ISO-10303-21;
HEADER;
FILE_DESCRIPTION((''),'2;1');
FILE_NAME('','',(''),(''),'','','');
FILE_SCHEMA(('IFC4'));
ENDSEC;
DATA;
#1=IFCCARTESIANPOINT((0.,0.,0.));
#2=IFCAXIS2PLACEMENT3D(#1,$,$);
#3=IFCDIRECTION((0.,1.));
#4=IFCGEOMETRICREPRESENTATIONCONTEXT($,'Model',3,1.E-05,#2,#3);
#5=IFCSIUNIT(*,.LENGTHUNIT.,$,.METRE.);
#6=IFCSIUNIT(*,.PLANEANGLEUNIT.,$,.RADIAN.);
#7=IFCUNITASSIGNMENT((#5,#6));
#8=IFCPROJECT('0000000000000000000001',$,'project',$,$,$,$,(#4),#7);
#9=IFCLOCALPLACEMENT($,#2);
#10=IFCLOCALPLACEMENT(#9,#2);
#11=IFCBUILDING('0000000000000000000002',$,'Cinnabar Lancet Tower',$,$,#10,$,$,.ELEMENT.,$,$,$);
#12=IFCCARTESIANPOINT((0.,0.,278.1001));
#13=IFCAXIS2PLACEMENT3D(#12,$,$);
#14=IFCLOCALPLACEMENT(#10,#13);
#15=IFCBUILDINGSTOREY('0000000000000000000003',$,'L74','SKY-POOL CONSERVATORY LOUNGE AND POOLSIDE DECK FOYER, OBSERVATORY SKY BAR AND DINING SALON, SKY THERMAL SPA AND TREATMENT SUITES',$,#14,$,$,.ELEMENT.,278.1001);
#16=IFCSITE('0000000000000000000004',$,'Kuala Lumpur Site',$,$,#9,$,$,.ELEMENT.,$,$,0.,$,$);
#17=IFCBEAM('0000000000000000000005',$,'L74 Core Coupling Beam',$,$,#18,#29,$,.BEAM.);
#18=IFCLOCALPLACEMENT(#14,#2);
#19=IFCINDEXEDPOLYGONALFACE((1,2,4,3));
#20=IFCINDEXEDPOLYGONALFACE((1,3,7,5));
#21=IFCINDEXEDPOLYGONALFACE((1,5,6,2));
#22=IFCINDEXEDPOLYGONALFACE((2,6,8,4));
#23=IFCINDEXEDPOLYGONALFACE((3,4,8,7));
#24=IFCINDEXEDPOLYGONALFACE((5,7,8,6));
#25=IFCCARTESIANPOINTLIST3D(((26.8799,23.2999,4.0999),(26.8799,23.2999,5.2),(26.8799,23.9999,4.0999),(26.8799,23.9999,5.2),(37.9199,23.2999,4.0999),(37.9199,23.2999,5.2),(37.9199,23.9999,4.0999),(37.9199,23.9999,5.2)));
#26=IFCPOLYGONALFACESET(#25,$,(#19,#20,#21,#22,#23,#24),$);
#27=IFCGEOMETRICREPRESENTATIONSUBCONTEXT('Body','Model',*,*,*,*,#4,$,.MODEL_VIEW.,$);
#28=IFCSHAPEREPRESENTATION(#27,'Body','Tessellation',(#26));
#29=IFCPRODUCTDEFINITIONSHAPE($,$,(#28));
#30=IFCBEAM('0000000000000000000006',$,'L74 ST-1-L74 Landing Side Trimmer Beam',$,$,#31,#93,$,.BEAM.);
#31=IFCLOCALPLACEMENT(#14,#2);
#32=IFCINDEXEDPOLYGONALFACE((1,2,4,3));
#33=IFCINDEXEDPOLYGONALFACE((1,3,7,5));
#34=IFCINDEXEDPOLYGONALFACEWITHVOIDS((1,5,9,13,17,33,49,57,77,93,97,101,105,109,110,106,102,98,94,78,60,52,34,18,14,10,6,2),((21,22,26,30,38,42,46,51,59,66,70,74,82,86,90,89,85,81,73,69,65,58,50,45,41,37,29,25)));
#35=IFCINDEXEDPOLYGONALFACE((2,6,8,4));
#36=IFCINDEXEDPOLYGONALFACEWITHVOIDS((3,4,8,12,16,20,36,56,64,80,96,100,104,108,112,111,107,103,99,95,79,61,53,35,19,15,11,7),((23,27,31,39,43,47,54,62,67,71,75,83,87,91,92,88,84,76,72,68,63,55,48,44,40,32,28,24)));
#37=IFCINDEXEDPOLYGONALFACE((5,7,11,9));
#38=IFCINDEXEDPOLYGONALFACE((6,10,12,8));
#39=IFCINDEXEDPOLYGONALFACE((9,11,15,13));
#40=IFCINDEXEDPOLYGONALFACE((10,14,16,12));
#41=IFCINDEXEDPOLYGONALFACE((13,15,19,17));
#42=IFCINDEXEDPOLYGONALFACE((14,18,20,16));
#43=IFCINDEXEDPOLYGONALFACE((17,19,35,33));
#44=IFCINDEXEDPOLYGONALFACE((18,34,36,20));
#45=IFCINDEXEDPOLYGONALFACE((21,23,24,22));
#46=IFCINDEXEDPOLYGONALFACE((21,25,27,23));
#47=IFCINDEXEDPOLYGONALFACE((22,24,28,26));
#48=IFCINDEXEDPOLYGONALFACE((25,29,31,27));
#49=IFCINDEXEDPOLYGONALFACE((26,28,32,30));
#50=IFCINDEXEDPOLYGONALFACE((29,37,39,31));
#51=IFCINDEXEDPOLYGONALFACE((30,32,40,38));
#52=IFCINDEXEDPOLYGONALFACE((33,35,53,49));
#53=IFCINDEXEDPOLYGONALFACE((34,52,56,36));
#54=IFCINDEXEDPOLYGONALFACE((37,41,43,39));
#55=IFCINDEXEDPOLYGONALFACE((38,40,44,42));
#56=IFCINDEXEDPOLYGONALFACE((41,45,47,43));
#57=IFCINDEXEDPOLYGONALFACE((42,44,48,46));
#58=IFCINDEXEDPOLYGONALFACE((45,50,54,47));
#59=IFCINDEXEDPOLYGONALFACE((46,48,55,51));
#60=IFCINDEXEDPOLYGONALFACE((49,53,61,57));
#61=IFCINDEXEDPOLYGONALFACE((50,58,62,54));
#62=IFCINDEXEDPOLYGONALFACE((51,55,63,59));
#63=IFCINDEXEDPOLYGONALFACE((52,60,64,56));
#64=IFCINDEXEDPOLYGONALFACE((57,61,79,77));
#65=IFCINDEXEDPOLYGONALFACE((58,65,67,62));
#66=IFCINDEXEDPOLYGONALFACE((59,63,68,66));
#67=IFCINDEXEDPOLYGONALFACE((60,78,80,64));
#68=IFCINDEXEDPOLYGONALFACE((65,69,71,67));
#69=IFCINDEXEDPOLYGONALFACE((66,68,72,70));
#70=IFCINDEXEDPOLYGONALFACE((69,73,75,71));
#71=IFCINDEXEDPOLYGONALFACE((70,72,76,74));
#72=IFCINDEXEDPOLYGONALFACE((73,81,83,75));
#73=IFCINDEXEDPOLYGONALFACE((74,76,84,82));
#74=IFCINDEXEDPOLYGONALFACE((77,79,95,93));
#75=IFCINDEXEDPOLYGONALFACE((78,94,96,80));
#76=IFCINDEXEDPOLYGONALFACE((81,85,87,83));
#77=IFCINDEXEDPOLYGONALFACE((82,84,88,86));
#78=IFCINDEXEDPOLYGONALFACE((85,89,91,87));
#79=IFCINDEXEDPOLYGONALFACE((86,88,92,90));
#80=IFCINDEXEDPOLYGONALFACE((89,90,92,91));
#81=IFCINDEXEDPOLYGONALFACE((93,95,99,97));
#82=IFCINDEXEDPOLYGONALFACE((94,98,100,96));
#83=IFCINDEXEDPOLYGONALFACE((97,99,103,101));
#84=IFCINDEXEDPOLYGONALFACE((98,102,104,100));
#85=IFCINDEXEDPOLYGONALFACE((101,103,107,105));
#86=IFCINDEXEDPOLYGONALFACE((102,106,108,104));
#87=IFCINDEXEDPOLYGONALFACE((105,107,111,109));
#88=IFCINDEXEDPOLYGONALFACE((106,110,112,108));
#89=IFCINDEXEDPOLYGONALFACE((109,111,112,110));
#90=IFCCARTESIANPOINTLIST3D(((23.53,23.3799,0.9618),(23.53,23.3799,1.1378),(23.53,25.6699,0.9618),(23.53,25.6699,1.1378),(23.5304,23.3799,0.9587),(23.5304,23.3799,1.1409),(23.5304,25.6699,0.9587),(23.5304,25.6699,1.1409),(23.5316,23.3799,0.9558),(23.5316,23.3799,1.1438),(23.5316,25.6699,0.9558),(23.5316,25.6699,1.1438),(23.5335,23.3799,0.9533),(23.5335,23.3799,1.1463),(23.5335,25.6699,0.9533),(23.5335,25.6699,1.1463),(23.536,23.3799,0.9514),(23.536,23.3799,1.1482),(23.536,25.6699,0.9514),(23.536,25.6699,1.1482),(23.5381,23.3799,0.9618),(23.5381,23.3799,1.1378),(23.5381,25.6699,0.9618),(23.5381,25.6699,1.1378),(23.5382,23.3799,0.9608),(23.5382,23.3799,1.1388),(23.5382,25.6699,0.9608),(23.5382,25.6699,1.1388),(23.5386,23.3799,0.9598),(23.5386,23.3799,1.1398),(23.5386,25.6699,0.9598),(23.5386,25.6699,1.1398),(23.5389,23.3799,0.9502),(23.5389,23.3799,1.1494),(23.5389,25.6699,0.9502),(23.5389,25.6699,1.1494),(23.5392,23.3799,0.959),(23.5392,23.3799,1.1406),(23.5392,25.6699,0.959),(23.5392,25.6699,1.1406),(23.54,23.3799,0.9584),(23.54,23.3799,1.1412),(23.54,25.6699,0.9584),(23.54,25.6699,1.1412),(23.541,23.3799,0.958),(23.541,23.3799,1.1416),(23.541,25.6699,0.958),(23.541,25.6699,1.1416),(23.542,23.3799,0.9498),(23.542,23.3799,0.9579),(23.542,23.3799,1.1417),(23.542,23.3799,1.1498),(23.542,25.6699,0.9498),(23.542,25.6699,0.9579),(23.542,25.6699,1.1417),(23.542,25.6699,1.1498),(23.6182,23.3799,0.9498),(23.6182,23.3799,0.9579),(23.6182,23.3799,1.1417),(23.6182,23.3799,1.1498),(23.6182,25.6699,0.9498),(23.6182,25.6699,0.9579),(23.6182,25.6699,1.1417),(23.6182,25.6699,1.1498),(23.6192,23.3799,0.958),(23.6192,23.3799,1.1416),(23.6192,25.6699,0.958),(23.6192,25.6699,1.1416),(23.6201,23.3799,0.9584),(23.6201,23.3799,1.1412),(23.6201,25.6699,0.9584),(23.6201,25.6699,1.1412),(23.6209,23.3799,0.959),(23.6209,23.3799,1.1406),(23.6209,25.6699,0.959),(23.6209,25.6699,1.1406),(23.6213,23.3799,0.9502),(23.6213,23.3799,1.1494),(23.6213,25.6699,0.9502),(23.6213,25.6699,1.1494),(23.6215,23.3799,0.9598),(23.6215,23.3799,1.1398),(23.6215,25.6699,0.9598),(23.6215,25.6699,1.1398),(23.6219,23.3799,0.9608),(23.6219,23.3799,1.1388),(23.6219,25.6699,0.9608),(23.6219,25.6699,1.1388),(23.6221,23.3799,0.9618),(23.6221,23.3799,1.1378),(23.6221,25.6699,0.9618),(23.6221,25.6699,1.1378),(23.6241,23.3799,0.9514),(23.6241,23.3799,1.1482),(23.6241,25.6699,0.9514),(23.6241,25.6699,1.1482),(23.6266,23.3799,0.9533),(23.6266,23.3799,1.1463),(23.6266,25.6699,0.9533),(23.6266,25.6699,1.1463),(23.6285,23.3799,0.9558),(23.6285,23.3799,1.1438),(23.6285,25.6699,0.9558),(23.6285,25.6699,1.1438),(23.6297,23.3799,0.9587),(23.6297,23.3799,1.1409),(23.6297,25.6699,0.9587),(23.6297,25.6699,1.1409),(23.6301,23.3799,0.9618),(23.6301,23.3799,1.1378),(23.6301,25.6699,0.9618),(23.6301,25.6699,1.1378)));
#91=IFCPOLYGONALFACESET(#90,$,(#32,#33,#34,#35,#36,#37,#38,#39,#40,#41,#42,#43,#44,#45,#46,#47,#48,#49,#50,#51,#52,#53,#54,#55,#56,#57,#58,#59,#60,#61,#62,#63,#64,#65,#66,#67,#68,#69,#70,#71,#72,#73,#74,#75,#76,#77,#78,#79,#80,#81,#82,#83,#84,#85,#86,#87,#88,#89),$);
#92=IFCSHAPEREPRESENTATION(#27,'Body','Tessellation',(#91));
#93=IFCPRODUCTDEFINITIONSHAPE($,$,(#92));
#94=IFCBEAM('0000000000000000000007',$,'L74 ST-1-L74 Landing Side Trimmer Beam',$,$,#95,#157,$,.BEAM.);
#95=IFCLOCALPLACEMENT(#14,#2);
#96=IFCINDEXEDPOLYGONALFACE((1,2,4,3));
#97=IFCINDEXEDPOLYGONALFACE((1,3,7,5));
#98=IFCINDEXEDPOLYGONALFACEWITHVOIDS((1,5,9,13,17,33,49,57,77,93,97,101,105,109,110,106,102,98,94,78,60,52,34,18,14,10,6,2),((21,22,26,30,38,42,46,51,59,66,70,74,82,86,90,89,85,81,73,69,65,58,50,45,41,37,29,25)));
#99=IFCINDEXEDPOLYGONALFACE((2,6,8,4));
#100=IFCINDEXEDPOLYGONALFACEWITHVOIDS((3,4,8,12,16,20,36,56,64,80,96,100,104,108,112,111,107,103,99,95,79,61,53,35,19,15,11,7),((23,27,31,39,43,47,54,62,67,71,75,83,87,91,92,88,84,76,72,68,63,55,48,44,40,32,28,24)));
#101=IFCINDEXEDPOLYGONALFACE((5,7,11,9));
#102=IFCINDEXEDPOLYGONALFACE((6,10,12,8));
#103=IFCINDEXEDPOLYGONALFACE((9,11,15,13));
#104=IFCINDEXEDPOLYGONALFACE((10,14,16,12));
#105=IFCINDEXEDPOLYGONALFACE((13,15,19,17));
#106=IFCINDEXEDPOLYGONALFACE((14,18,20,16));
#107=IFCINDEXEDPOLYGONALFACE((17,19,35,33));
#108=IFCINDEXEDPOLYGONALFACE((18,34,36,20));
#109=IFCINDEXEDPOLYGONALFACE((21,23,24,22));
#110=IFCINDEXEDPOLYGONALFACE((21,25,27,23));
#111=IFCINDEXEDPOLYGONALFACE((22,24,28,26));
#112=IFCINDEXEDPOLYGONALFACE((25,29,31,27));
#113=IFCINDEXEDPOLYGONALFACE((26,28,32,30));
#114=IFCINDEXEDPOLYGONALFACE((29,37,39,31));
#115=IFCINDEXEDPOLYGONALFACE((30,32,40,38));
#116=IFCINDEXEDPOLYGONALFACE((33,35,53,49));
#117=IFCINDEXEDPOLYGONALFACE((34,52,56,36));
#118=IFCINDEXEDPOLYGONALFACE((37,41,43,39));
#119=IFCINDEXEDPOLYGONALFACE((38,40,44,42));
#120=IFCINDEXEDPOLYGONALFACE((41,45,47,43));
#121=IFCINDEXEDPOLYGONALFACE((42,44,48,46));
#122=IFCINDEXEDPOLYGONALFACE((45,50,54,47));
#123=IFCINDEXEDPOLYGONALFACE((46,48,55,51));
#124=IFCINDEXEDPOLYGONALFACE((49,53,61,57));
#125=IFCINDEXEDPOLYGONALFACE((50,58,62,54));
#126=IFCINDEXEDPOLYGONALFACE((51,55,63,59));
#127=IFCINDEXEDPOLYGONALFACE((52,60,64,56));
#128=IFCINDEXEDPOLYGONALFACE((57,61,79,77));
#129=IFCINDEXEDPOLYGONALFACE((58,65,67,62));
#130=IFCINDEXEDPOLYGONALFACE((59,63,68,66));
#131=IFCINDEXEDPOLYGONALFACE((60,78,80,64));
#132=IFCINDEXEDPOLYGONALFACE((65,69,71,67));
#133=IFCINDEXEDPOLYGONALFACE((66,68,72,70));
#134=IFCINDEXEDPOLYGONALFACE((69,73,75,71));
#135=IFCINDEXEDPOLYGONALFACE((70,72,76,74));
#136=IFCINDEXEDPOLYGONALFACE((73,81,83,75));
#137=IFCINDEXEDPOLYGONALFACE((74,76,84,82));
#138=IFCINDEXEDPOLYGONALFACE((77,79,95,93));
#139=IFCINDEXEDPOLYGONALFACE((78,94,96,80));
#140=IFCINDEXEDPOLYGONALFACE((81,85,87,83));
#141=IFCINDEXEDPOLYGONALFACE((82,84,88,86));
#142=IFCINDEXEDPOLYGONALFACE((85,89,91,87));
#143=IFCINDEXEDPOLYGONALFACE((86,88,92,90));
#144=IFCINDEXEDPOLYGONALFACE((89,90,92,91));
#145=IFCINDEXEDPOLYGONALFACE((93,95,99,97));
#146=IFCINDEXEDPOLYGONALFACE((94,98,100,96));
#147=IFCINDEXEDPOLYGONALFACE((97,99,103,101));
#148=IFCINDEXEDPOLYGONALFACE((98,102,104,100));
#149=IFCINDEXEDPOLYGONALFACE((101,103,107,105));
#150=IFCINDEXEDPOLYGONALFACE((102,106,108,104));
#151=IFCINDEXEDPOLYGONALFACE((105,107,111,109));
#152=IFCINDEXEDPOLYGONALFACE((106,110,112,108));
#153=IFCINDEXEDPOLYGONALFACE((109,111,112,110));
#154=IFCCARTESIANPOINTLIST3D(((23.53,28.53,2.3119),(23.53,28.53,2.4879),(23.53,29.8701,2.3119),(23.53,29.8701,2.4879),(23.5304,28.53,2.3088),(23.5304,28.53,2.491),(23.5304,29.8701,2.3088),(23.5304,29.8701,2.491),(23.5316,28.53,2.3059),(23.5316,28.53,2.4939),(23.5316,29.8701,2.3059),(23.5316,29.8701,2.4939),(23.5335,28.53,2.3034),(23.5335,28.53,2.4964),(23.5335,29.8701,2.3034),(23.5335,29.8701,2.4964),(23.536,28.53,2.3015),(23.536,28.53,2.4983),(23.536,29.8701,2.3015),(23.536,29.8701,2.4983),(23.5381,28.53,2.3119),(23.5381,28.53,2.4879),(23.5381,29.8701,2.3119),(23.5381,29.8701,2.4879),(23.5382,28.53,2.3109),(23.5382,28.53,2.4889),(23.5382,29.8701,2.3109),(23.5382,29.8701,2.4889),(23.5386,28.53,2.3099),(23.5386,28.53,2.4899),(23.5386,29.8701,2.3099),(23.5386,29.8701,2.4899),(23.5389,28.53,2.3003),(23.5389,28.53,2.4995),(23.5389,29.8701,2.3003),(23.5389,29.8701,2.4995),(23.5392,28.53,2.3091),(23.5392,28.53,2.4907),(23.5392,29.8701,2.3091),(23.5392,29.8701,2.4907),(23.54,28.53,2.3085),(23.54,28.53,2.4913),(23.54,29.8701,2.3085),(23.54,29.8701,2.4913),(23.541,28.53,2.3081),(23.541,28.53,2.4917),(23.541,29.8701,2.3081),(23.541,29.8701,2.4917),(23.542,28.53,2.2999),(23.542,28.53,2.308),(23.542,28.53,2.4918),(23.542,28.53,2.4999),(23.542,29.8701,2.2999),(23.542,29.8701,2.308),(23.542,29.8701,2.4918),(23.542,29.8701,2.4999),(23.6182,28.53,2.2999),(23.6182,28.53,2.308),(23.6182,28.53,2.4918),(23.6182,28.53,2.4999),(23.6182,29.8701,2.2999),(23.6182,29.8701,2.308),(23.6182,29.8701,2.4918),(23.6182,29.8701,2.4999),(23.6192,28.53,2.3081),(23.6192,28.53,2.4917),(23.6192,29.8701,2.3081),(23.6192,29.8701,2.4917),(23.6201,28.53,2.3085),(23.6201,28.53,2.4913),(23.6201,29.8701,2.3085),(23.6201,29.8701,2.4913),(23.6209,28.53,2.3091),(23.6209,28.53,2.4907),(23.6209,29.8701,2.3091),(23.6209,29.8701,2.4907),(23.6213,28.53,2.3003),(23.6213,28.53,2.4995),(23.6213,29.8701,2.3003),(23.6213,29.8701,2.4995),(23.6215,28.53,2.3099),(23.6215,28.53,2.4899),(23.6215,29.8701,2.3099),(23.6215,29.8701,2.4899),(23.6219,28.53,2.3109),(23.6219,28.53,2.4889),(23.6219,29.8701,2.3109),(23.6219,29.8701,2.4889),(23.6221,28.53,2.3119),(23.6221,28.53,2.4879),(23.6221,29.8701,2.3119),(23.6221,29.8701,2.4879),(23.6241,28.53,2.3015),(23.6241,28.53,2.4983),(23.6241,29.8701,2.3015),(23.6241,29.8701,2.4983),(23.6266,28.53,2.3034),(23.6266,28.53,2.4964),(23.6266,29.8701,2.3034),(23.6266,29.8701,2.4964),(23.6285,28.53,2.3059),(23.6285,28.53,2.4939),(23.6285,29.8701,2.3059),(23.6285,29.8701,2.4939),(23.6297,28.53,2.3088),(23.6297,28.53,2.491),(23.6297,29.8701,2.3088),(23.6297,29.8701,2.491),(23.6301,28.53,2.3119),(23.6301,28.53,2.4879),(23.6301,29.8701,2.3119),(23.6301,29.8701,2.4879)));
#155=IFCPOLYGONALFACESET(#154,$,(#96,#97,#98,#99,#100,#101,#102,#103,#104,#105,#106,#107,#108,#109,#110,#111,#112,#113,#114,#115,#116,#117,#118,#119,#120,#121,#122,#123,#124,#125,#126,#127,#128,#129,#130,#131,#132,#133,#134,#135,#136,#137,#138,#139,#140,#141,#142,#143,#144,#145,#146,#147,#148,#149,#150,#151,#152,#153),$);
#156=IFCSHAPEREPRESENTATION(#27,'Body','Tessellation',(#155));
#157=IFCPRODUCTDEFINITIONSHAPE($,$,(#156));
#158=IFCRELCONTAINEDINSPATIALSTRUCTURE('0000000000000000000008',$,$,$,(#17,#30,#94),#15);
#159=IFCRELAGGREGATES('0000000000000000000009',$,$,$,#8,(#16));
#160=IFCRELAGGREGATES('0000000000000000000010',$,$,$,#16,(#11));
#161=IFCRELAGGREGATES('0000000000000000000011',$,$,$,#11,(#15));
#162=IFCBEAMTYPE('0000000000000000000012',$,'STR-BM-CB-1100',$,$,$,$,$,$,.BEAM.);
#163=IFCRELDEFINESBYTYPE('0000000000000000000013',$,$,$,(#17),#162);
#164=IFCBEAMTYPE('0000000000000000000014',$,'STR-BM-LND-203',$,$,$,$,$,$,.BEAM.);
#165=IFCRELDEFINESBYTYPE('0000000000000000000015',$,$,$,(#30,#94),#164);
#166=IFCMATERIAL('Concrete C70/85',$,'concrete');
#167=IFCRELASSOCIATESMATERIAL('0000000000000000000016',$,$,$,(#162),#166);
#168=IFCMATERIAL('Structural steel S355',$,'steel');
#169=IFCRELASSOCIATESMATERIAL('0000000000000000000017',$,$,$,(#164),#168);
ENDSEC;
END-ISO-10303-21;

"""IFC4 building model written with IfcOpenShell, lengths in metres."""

from ifc_helpers import new_model, si_unit, direction, frame, origin, origin_2d, place, context, subcontext, project, spatial, rectangle, hollow_rectangle, extrude, material, material_profile, profile_set, type_object, element, save


model = new_model("IFC4")

# Units and contexts
model_context = context("Model", 3, precision=1e-05, world=origin(), true_north=direction((0.0, 1.0)))
body_context = subcontext(model_context, "Body", "Model", "MODEL_VIEW")
ifc_project = project(units=[si_unit("LENGTHUNIT", "METRE"), si_unit("PLANEANGLEUNIT", "RADIAN")], contexts=[model_context])

# Site, building, storey
site_placement = place(None, origin())
site = spatial("IfcSite", under=ifc_project, at=site_placement, Name="Kuala Lumpur Site", CompositionType="ELEMENT", RefElevation=0.0)
building_placement = place(site_placement, origin())
building = spatial("IfcBuilding", under=site, at=building_placement, Name="Cinnabar Lancet Tower", CompositionType="ELEMENT")
storey_placement = place(building_placement, frame((0.0, 0.0, 278.1001)))
storey = spatial("IfcBuildingStorey", under=building, at=storey_placement, Name="L74", Description="SKY-POOL CONSERVATORY LOUNGE AND POOLSIDE DECK FOYER, OBSERVATORY SKY BAR AND DINING SALON, SKY THERMAL SPA AND TREATMENT SUITES", CompositionType="ELEMENT", Elevation=278.1001)

# Beams
ifc_material_1 = material(Name="Concrete C70/85", Category="concrete")
ifc_material_profile_1 = material_profile(ifc_material_1, rectangle(XDim=0.7, YDim=1.1001, at=origin_2d()), Name="RC-CB 700x1100")
ifc_profile_set_1 = profile_set([ifc_material_profile_1], Name="Concrete C70/85")
beam_type_1 = type_object("IfcBeamType", Name="STR-BM-CB-1100", PredefinedType="BEAM", material=ifc_profile_set_1)
beam_1_placement = place(storey_placement, frame((26.8799, 23.6499, 4.6499), z_axis=(1.0, 0.0, 0.0), x_axis=(0.0, 1.0, 0.0)))
element("IfcBeam", 1, at=beam_1_placement, inside=storey, type_object=beam_type_1, Name="L74 Core Coupling Beam", PredefinedType="BEAM", context=body_context, shape_type="SweptSolid", body=[
    extrude(rectangle(XDim=0.7, YDim=1.1001, at=origin_2d()), origin(), (0.0, 0.0, 1.0), 11.04),
])
ifc_material_2 = material(Name="Structural steel S355", Category="steel")
ifc_material_profile_2 = material_profile(ifc_material_2, hollow_rectangle(XDim=0.1001, YDim=0.2, WallThickness=0.0081, InnerFilletRadius=0.0039, OuterFilletRadius=0.012, at=origin_2d()), Name="RHS 200x100x8")
ifc_profile_set_2 = profile_set([ifc_material_profile_2], Name="Structural steel S355")
beam_type_2 = type_object("IfcBeamType", Name="STR-BM-LND-203", PredefinedType="BEAM", material=ifc_profile_set_2)
beam_2_placement = place(storey_placement, frame((23.5801, 23.3799, 1.0498), z_axis=(0.0, 1.0, 0.0), x_axis=(-1.0, 0.0, 0.0)))
element("IfcBeam", 2, at=beam_2_placement, inside=storey, type_object=beam_type_2, Name="L74 ST-1-L74 Landing Side Trimmer Beam", PredefinedType="BEAM", context=body_context, shape_type="SweptSolid", body=[
    extrude(hollow_rectangle(XDim=0.1001, YDim=0.2, WallThickness=0.0081, InnerFilletRadius=0.0039, OuterFilletRadius=0.012, at=origin_2d()), origin(), (0.0, 0.0, 1.0), 2.29),
])
beam_3_placement = place(storey_placement, frame((23.5801, 28.53, 2.3999), z_axis=(0.0, 1.0, 0.0), x_axis=(-1.0, 0.0, 0.0)))
element("IfcBeam", 3, at=beam_3_placement, inside=storey, type_object=beam_type_2, Name="L74 ST-1-L74 Landing Side Trimmer Beam", PredefinedType="BEAM", context=body_context, shape_type="SweptSolid", body=[
    extrude(hollow_rectangle(XDim=0.1001, YDim=0.2, WallThickness=0.0081, InnerFilletRadius=0.0039, OuterFilletRadius=0.012, at=origin_2d()), origin(), (0.0, 0.0, 1.0), 1.3401),
])

save(model, "model.ifc")
